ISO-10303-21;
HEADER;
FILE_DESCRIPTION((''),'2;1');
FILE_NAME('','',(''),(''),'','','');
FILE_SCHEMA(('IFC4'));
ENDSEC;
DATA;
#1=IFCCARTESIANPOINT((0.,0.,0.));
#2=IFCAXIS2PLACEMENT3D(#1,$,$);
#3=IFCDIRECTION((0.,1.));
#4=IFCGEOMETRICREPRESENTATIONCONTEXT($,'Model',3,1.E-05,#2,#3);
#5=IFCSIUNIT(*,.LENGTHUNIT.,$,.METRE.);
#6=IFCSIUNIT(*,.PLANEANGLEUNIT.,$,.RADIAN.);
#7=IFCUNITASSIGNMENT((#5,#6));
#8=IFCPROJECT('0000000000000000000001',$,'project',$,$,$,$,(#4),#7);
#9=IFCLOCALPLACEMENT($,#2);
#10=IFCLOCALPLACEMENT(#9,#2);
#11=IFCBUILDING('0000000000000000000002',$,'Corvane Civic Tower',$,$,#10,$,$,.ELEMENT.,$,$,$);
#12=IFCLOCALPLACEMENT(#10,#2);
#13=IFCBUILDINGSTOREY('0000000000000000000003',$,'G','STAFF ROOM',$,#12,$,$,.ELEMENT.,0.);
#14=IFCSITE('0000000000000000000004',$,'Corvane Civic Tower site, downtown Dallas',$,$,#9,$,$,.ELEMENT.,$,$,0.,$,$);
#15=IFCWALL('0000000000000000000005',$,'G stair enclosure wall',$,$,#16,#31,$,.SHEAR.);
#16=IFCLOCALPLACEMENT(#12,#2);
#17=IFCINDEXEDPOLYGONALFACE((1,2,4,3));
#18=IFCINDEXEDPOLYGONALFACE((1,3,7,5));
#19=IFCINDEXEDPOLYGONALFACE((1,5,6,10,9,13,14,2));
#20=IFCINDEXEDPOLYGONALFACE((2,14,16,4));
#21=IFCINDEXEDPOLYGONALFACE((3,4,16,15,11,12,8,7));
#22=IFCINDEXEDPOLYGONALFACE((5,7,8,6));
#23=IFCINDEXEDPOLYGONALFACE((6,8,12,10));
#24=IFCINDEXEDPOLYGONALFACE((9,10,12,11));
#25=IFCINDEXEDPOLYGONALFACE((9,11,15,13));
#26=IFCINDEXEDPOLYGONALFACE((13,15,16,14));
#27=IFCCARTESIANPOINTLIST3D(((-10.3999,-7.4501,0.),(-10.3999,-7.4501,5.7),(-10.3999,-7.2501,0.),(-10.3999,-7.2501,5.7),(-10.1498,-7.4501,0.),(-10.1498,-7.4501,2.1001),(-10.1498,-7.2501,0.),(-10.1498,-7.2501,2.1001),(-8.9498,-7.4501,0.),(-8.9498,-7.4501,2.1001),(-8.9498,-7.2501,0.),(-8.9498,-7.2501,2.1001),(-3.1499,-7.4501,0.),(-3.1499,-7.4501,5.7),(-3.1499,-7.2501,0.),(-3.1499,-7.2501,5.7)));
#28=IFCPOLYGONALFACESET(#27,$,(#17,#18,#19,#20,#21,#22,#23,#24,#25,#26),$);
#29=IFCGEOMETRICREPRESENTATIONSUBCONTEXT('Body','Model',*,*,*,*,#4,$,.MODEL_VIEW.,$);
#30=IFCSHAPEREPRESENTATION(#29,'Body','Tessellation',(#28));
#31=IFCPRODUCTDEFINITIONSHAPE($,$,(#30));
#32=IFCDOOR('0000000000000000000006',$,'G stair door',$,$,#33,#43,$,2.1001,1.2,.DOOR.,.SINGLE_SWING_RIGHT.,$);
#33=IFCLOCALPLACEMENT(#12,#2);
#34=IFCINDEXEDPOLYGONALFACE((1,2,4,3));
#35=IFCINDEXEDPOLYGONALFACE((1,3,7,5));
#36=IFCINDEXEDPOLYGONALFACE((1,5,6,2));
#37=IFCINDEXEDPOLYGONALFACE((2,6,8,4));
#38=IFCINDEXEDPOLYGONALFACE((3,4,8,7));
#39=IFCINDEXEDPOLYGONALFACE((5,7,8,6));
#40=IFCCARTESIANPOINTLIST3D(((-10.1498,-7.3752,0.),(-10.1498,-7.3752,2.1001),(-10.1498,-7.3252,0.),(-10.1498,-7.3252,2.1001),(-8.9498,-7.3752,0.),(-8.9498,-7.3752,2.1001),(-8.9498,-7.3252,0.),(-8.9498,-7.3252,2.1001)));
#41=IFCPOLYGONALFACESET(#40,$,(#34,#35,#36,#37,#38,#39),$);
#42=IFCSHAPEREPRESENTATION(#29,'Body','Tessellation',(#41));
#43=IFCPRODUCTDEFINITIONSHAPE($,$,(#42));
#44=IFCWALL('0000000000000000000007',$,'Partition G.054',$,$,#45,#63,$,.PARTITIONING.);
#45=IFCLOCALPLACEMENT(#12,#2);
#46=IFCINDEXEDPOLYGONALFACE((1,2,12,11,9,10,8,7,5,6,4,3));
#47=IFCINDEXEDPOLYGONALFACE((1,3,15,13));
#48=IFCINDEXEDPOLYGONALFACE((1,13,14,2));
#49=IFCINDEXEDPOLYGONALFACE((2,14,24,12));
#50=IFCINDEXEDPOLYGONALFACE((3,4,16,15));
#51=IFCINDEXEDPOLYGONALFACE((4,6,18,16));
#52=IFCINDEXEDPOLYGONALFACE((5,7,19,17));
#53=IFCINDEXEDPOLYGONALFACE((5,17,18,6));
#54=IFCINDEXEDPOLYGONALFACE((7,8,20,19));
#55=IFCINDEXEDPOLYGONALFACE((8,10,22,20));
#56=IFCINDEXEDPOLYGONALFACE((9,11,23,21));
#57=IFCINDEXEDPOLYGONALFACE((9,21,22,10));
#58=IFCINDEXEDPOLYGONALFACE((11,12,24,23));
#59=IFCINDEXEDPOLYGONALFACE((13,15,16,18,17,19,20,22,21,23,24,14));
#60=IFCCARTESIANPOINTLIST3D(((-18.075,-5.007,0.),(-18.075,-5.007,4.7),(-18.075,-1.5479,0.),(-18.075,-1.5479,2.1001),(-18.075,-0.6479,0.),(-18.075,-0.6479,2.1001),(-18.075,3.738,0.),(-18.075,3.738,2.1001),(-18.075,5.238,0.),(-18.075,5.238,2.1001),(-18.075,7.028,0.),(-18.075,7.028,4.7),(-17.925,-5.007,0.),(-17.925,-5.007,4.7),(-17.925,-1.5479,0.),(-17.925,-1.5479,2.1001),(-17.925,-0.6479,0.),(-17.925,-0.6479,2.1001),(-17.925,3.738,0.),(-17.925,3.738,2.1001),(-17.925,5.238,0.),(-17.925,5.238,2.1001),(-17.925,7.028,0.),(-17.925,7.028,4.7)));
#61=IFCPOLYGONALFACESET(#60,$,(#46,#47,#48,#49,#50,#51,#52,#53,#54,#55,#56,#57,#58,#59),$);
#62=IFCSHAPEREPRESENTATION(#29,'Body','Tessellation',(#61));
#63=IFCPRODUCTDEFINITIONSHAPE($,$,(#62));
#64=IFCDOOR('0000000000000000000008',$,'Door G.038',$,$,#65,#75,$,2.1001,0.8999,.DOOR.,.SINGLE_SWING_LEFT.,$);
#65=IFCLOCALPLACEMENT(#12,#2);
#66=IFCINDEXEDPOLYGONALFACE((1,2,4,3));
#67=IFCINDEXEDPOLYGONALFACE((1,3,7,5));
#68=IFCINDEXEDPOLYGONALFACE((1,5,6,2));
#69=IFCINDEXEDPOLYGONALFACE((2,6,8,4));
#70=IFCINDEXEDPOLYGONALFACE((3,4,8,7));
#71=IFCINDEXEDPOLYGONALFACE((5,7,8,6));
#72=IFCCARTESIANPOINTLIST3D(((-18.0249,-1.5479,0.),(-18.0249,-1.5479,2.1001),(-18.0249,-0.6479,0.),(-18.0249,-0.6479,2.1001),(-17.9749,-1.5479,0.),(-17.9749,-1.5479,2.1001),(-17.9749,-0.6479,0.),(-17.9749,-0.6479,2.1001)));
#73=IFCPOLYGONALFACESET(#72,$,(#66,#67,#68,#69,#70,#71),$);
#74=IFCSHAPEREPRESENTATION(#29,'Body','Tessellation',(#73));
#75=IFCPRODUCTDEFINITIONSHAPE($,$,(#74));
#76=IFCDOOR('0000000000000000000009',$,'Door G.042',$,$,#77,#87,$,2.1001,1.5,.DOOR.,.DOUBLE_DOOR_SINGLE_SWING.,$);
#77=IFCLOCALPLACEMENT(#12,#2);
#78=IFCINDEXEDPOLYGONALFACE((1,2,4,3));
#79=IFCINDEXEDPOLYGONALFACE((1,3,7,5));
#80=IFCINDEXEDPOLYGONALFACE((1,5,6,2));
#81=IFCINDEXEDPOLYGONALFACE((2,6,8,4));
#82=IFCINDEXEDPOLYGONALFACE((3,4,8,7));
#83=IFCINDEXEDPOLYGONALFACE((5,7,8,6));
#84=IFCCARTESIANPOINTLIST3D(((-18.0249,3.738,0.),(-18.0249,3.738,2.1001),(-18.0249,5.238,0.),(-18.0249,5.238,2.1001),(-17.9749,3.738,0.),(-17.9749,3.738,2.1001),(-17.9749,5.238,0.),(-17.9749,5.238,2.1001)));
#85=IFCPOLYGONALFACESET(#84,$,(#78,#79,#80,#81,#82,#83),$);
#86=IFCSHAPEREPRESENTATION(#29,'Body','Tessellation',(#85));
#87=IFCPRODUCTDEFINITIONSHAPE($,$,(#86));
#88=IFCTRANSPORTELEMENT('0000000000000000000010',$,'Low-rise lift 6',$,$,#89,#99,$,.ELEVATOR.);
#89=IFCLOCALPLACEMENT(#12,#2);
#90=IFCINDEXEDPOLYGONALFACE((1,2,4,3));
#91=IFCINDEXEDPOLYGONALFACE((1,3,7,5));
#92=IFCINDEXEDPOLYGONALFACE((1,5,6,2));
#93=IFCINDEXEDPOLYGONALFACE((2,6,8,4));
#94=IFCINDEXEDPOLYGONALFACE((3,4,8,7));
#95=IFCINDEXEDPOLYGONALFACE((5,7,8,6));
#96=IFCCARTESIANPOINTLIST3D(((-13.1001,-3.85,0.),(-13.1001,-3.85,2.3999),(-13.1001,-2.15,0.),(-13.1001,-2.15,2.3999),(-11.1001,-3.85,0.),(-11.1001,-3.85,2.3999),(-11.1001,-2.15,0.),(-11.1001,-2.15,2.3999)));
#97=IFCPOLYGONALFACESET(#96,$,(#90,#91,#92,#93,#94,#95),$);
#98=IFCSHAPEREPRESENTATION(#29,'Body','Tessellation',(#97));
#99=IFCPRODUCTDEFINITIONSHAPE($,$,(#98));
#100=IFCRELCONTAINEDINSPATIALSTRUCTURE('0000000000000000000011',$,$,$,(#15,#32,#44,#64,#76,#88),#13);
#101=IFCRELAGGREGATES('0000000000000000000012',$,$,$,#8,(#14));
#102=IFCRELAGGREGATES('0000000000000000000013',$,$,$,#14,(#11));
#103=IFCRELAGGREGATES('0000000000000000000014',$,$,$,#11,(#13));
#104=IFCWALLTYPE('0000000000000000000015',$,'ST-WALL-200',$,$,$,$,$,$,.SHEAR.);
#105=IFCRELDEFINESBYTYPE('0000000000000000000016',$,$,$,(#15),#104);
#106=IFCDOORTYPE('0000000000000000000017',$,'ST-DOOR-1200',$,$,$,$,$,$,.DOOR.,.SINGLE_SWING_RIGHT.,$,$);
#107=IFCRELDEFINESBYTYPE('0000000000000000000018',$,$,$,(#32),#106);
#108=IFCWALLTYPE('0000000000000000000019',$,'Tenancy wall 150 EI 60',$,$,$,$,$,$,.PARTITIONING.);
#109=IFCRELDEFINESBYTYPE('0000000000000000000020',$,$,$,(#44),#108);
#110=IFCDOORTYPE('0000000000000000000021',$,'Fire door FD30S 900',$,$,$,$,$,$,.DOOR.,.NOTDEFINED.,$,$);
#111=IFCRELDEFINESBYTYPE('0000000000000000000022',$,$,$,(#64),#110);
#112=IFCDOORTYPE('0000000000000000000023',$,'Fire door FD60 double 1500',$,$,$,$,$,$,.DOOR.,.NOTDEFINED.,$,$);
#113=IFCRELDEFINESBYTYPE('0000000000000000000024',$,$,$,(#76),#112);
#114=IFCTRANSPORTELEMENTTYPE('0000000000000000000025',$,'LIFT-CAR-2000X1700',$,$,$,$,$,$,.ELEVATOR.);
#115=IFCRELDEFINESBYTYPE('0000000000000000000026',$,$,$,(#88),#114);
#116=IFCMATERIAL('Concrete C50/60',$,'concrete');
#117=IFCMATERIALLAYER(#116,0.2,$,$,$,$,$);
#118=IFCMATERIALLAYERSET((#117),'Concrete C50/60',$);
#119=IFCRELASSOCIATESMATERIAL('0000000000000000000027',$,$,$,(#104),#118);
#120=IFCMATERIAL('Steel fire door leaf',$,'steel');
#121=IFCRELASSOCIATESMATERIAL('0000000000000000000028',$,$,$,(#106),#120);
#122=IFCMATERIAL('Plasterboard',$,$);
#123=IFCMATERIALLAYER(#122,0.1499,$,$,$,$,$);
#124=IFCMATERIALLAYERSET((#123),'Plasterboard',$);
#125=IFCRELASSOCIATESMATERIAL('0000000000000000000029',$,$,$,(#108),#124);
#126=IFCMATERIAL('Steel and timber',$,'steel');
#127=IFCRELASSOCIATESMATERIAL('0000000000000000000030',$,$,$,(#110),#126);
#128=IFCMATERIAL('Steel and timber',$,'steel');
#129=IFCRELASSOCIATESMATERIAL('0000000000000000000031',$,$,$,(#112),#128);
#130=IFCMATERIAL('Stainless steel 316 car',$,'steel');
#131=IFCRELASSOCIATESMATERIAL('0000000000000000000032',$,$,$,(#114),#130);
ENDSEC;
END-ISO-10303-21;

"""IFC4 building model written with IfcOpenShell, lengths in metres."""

from ifc_helpers import new_model, si_unit, direction, frame, frame_2d, origin, origin_2d, place, context, subcontext, project, spatial, rectangle, extrude, material, layer, layer_set, type_object, element, fill, save


model = new_model("IFC4")

# Units and contexts
model_context = context("Model", 3, precision=1e-05, world=origin(), true_north=direction((0.0, 1.0)))
body_context = subcontext(model_context, "Body", "Model", "MODEL_VIEW")
ifc_project = project(units=[si_unit("LENGTHUNIT", "METRE"), si_unit("PLANEANGLEUNIT", "RADIAN")], contexts=[model_context])

# Site, building, storey
site_placement = place(None, origin())
site = spatial("IfcSite", under=ifc_project, at=site_placement, Name="Corvane Civic Tower site, downtown Dallas", CompositionType="ELEMENT", RefElevation=0.0)
building_placement = place(site_placement, origin())
building = spatial("IfcBuilding", under=site, at=building_placement, Name="Corvane Civic Tower", CompositionType="ELEMENT")
storey_placement = place(building_placement, origin())
storey = spatial("IfcBuildingStorey", under=building, at=storey_placement, Name="G", Description="STAFF ROOM", CompositionType="ELEMENT", Elevation=0.0)

# Wall, opening, door
ifc_material_1 = material(Name="Concrete C50/60", Category="concrete")
ifc_layer_1 = layer(ifc_material_1, 0.2)
ifc_layer_set_1 = layer_set([ifc_layer_1], Name="Concrete C50/60")
wall_type_1 = type_object("IfcWallType", Name="ST-WALL-200", PredefinedType="SHEAR", material=ifc_layer_set_1)
wall_1_placement = place(storey_placement, frame((-10.3999, -7.3501, 0.0), z_axis=(0.0, 0.0, 1.0), x_axis=(1.0, 0.0, 0.0)))
wall_1 = element("IfcWall", 1, at=wall_1_placement, inside=storey, type_object=wall_type_1, Name="G stair enclosure wall", PredefinedType="SHEAR", context=body_context, shape_type="SweptSolid", body=[
    extrude(rectangle(XDim=7.25, YDim=0.2, at=frame_2d((3.625, 0.0))), origin(), (0.0, 0.0, 1.0), 5.7),
])
opening_1_placement = place(wall_1_placement, frame((0.25, 0.0, 0.0)))
opening_1 = element("IfcOpeningElement", 2, at=opening_1_placement, cuts=wall_1, PredefinedType="OPENING", context=body_context, shape_type="SweptSolid", body=[
    extrude(rectangle(XDim=1.2, YDim=2.1001, at=frame_2d((0.6001, 1.05))), frame((0.0, 0.1099, 0.0), z_axis=(0.0, -1.0, 0.0), x_axis=(1.0, 0.0, 0.0)), (0.0, 0.0, 1.0), 0.22),
])
ifc_material_2 = material(Name="Steel fire door leaf", Category="steel")
door_type_1 = type_object("IfcDoorType", Name="ST-DOOR-1200", OperationType="SINGLE_SWING_RIGHT", PredefinedType="DOOR", material=ifc_material_2)
door_1_placement = place(opening_1_placement, origin())
door_1 = element("IfcDoor", 3, at=door_1_placement, inside=storey, type_object=door_type_1, Name="G stair door", OperationType="SINGLE_SWING_RIGHT", OverallHeight=2.1001, OverallWidth=1.2, PredefinedType="DOOR", context=body_context, shape_type="SweptSolid", body=[
    extrude(rectangle(XDim=1.2, YDim=2.1001, at=frame_2d((0.6001, 1.05))), frame((0.0, 0.0249, 0.0), z_axis=(0.0, -1.0, 0.0), x_axis=(1.0, 0.0, 0.0)), (0.0, 0.0, 1.0), 0.05),
])
fill(opening_1, door_1)

# Wall, openings, doors
ifc_material_3 = material(Name="Plasterboard")
ifc_layer_2 = layer(ifc_material_3, 0.1499)
ifc_layer_set_2 = layer_set([ifc_layer_2], Name="Plasterboard")
wall_type_2 = type_object("IfcWallType", Name="Tenancy wall 150 EI 60", PredefinedType="PARTITIONING", material=ifc_layer_set_2)
wall_2_placement = place(storey_placement, frame((-18.0, -5.0071, 0.0), z_axis=(0.0, 0.0, 1.0), x_axis=(0.0, 1.0, 0.0)))
wall_2 = element("IfcWall", 4, at=wall_2_placement, inside=storey, type_object=wall_type_2, Name="Partition G.054", PredefinedType="PARTITIONING", context=body_context, shape_type="SweptSolid", body=[
    extrude(rectangle(XDim=12.0349, YDim=0.1499, at=frame_2d((6.0176, 0.0))), origin(), (0.0, 0.0, 1.0), 4.7),
])
opening_2_placement = place(wall_2_placement, frame((3.4592, 0.0, 0.0)))
opening_2 = element("IfcOpeningElement", 5, at=opening_2_placement, cuts=wall_2, PredefinedType="OPENING", context=body_context, shape_type="SweptSolid", body=[
    extrude(rectangle(XDim=0.8999, YDim=2.1001, at=frame_2d((0.45, 1.05))), frame((0.0, 0.085, 0.0), z_axis=(0.0, -1.0, 0.0), x_axis=(1.0, 0.0, 0.0)), (0.0, 0.0, 1.0), 0.1699),
])
opening_3_placement = place(wall_2_placement, frame((8.7451, 0.0, 0.0)))
opening_3 = element("IfcOpeningElement", 6, at=opening_3_placement, cuts=wall_2, PredefinedType="OPENING", context=body_context, shape_type="SweptSolid", body=[
    extrude(rectangle(XDim=1.5, YDim=2.1001, at=frame_2d((0.75, 1.05))), frame((0.0, 0.085, 0.0), z_axis=(0.0, -1.0, 0.0), x_axis=(1.0, 0.0, 0.0)), (0.0, 0.0, 1.0), 0.1699),
])
ifc_material_4 = material(Name="Steel and timber", Category="steel")
door_type_2 = type_object("IfcDoorType", Name="Fire door FD30S 900", OperationType="NOTDEFINED", PredefinedType="DOOR", material=ifc_material_4)
door_2_placement = place(opening_2_placement, origin())
door_2 = element("IfcDoor", 7, at=door_2_placement, inside=storey, type_object=door_type_2, Name="Door G.038", OperationType="SINGLE_SWING_LEFT", OverallHeight=2.1001, OverallWidth=0.8999, PredefinedType="DOOR", context=body_context, shape_type="SweptSolid", body=[
    extrude(rectangle(XDim=0.8999, YDim=2.1001, at=frame_2d((0.45, 1.05))), frame((0.0, 0.0249, 0.0), z_axis=(0.0, -1.0, 0.0), x_axis=(1.0, 0.0, 0.0)), (0.0, 0.0, 1.0), 0.05),
])
fill(opening_2, door_2)
ifc_material_5 = material(Name="Steel and timber", Category="steel")
door_type_3 = type_object("IfcDoorType", Name="Fire door FD60 double 1500", OperationType="NOTDEFINED", PredefinedType="DOOR", material=ifc_material_5)
door_3_placement = place(opening_3_placement, origin())
door_3 = element("IfcDoor", 8, at=door_3_placement, inside=storey, type_object=door_type_3, Name="Door G.042", OperationType="DOUBLE_DOOR_SINGLE_SWING", OverallHeight=2.1001, OverallWidth=1.5, PredefinedType="DOOR", context=body_context, shape_type="SweptSolid", body=[
    extrude(rectangle(XDim=1.5, YDim=2.1001, at=frame_2d((0.75, 1.05))), frame((0.0, 0.0249, 0.0), z_axis=(0.0, -1.0, 0.0), x_axis=(1.0, 0.0, 0.0)), (0.0, 0.0, 1.0), 0.05),
])
fill(opening_3, door_3)

# Transport element
ifc_material_6 = material(Name="Stainless steel 316 car", Category="steel")
transport_element_type = type_object("IfcTransportElementType", Name="LIFT-CAR-2000X1700", PredefinedType="ELEVATOR", material=ifc_material_6)
transport_element_placement = place(storey_placement, frame((-12.1001, -3.0, 0.0), z_axis=(0.0, 0.0, 1.0), x_axis=(1.0, 0.0, 0.0)))
element("IfcTransportElement", 9, at=transport_element_placement, inside=storey, type_object=transport_element_type, Name="Low-rise lift 6", PredefinedType="ELEVATOR", context=body_context, shape_type="SweptSolid", body=[
    extrude(rectangle(XDim=2.0, YDim=1.7, at=origin_2d()), origin(), (0.0, 0.0, 1.0), 2.3999),
])

save(model, "model.ifc")
